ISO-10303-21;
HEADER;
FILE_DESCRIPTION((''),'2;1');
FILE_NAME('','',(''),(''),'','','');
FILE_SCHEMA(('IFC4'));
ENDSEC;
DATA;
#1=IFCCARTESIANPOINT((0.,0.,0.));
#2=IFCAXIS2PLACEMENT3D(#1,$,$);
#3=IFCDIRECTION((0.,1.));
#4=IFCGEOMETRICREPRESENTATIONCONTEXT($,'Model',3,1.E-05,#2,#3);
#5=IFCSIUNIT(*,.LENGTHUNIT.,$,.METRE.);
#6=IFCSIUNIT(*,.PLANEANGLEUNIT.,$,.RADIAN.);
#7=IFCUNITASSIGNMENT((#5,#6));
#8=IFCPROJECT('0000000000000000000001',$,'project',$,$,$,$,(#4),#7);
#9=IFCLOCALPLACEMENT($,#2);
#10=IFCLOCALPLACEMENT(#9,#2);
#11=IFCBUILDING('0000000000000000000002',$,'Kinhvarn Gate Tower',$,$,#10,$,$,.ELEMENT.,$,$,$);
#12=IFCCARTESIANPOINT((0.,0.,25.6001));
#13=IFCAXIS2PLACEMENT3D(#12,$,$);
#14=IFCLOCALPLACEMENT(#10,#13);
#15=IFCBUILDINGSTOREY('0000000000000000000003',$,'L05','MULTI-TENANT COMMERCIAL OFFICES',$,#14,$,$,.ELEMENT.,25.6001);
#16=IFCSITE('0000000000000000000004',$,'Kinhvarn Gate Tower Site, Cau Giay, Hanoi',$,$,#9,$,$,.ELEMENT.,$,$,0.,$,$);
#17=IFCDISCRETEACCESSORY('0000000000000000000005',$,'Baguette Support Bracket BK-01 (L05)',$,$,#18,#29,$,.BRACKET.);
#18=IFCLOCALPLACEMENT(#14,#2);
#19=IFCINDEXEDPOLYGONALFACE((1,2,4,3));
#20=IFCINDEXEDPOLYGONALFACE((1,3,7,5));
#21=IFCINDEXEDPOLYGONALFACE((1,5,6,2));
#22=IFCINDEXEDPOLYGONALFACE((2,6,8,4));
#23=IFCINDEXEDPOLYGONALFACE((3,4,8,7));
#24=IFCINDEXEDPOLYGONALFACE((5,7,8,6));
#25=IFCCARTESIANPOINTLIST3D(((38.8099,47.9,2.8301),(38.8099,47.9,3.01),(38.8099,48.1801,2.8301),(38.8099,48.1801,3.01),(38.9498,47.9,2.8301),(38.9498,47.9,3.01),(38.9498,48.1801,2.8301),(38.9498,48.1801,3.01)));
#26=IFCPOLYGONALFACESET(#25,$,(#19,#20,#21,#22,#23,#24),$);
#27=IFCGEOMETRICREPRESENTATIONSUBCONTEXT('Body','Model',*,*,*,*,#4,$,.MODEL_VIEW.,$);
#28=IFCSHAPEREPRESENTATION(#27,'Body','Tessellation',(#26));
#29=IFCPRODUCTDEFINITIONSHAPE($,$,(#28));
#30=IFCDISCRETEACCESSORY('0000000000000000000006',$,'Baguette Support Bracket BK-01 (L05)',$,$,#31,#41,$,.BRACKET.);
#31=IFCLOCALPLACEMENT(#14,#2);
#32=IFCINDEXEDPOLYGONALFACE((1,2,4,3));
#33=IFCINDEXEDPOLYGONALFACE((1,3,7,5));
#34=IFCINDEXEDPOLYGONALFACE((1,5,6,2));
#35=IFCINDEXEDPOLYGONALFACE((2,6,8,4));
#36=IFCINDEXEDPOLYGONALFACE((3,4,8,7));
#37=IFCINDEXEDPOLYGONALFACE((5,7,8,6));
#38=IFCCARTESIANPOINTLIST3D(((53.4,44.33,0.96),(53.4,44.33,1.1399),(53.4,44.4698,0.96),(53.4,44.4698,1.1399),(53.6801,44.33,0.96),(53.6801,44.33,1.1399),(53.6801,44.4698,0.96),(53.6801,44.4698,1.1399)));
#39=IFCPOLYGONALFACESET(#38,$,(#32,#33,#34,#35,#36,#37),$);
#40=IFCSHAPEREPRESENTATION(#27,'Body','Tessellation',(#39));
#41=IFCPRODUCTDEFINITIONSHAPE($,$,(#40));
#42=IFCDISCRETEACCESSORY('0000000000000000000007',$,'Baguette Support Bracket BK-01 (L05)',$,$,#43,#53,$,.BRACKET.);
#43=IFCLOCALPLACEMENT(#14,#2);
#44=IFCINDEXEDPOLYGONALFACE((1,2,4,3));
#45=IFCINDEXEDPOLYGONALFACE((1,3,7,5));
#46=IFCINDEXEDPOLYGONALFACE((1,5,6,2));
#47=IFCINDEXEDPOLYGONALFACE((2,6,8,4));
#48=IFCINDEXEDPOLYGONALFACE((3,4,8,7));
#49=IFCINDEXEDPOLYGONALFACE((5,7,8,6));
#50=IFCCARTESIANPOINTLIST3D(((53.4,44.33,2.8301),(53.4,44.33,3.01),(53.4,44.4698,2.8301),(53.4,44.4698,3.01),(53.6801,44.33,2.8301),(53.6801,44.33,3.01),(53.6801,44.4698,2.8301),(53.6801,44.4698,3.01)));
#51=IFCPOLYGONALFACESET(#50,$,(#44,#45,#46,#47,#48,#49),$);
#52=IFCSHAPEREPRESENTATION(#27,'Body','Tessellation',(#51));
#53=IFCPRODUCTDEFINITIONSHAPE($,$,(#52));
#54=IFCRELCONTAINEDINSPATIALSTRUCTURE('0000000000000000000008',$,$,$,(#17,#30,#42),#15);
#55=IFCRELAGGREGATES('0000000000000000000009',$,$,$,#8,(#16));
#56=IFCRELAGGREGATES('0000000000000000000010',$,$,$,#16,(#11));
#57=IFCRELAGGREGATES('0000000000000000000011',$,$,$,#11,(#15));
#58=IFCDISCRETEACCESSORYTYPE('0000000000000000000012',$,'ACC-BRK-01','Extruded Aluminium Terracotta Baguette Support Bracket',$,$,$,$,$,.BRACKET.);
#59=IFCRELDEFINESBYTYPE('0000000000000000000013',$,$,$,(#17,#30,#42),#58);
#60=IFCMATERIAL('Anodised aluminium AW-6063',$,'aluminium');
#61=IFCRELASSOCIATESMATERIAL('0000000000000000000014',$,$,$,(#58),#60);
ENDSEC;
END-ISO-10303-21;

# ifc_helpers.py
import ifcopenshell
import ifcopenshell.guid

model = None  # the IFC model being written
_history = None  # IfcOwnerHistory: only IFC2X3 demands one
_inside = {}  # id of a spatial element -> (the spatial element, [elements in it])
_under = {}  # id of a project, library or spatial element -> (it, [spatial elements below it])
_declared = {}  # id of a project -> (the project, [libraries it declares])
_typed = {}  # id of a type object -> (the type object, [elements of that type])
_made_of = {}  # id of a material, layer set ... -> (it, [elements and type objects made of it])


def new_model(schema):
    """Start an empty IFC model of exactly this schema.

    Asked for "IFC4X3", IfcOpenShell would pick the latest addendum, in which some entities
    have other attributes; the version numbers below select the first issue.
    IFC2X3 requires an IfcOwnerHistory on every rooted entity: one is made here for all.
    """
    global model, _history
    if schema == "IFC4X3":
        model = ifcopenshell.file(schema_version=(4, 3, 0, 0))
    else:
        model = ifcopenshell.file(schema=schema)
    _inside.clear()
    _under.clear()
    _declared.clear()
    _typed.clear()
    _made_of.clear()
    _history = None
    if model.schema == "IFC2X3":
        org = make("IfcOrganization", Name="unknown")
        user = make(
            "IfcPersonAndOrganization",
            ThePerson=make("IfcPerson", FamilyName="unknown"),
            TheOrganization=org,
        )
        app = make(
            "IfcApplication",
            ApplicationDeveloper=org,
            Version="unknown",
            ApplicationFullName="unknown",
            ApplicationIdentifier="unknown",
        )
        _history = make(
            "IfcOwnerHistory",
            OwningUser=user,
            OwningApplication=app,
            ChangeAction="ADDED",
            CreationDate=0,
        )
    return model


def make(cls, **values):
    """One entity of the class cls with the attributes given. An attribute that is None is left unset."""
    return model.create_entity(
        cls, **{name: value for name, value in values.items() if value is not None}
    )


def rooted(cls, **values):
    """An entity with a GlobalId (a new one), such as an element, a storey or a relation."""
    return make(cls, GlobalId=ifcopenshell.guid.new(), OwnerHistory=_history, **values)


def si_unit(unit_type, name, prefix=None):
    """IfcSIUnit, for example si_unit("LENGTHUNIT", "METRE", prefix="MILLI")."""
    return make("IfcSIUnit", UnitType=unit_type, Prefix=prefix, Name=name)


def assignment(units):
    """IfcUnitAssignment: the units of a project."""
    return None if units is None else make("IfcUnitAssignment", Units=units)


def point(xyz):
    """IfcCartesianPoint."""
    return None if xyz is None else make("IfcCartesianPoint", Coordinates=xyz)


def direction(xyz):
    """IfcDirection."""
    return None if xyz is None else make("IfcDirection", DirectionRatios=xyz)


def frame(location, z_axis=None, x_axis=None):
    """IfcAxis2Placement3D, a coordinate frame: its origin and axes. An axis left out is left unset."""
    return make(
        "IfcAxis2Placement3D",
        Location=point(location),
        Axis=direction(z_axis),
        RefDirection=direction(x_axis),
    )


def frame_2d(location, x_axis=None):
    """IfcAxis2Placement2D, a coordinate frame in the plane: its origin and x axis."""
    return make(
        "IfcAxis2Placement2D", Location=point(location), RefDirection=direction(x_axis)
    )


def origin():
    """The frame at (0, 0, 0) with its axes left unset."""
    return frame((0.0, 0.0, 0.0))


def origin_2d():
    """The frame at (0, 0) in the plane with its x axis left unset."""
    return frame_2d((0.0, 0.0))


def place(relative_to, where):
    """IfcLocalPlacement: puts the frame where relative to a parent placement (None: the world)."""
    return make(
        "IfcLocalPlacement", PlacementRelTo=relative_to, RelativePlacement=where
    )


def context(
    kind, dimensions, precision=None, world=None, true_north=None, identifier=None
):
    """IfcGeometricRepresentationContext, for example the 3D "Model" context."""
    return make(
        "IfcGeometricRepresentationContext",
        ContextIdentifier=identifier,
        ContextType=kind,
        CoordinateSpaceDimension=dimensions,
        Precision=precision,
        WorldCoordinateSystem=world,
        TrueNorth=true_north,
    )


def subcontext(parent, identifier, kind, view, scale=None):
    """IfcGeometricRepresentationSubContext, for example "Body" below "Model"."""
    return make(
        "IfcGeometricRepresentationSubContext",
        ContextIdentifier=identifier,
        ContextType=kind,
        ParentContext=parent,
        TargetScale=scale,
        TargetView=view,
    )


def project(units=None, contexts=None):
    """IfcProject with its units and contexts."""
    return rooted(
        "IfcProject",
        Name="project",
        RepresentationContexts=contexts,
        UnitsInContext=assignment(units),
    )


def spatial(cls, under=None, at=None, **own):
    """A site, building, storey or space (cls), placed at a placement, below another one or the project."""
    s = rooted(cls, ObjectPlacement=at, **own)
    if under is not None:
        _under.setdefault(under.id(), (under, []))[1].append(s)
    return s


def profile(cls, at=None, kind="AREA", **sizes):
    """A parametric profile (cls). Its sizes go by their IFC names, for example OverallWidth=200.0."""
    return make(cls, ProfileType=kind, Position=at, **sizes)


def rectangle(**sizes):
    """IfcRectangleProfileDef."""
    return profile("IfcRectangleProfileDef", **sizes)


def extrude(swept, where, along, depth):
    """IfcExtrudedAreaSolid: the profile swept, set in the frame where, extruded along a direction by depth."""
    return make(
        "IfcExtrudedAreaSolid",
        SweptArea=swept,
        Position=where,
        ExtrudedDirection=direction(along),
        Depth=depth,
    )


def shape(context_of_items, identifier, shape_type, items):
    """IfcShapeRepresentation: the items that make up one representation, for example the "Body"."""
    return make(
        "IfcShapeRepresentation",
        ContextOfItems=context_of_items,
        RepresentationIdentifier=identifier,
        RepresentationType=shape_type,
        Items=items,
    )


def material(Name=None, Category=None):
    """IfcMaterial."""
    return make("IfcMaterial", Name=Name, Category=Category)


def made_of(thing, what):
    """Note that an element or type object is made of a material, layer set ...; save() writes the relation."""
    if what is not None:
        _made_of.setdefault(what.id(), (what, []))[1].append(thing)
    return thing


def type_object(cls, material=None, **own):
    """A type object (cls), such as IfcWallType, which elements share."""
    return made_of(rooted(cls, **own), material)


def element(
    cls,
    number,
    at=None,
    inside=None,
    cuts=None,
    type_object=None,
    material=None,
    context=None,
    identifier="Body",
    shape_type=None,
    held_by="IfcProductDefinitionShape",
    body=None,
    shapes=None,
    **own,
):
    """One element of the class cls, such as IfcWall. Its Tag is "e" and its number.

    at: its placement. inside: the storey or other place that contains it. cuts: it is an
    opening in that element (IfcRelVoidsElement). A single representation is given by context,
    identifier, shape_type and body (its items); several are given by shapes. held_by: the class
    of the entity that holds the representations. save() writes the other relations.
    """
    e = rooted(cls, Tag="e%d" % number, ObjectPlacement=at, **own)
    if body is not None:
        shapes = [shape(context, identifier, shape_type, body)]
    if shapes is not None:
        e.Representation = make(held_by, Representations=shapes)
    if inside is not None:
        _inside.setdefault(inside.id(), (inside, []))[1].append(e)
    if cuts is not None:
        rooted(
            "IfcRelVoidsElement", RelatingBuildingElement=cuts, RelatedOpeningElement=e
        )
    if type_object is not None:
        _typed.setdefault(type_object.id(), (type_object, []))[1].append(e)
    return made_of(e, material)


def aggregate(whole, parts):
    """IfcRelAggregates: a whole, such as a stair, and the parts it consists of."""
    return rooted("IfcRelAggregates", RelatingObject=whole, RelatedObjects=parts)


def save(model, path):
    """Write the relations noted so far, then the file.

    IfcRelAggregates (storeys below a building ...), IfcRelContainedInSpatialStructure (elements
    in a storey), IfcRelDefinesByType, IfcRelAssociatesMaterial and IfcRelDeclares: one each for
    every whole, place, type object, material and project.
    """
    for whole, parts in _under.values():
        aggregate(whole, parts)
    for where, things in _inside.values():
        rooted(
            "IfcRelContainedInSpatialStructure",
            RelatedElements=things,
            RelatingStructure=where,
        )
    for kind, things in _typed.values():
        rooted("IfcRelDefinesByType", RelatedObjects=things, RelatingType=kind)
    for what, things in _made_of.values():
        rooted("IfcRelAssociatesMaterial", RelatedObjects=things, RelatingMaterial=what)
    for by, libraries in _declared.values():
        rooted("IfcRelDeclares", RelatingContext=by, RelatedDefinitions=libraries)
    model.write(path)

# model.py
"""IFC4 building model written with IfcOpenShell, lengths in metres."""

from ifc_helpers import new_model, si_unit, direction, frame, origin, origin_2d, place, context, subcontext, project, spatial, rectangle, extrude, material, type_object, element, save


model = new_model("IFC4")

# Units and contexts
model_context = context("Model", 3, precision=1e-05, world=origin(), true_north=direction((0.0, 1.0)))
body_context = subcontext(model_context, "Body", "Model", "MODEL_VIEW")
ifc_project = project(units=[si_unit("LENGTHUNIT", "METRE"), si_unit("PLANEANGLEUNIT", "RADIAN")], contexts=[model_context])

# Site, building, storey
site_placement = place(None, origin())
site = spatial("IfcSite", under=ifc_project, at=site_placement, Name="Kinhvarn Gate Tower Site, Cau Giay, Hanoi", CompositionType="ELEMENT", RefElevation=0.0)
building_placement = place(site_placement, origin())
building = spatial("IfcBuilding", under=site, at=building_placement, Name="Kinhvarn Gate Tower", CompositionType="ELEMENT")
storey_placement = place(building_placement, frame((0.0, 0.0, 25.6001)))
storey = spatial("IfcBuildingStorey", under=building, at=storey_placement, Name="L05", Description="MULTI-TENANT COMMERCIAL OFFICES", CompositionType="ELEMENT", Elevation=25.6001)

# Shared definitions
ifc_material_1 = material(Name="Anodised aluminium AW-6063", Category="aluminium")

# Discrete accessories
discrete_accessory_type = type_object("IfcDiscreteAccessoryType", Name="ACC-BRK-01", Description="Extruded Aluminium Terracotta Baguette Support Bracket", PredefinedType="BRACKET", material=ifc_material_1)
for number, where, z_axis, x_axis, name in (
    (1, (38.8799, 48.04, 2.8301), (0.0, 0.0, 1.0), (-1.0, 0.0, 0.0), "Baguette Support Bracket BK-01 (L05)"),
    (2, (53.54, 44.3999, 0.96), (0.0, 0.0, 1.0), (0.0, 1.0, 0.0), "Baguette Support Bracket BK-01 (L05)"),
    (3, (53.54, 44.3999, 2.8301), (0.0, 0.0, 1.0), (0.0, 1.0, 0.0), "Baguette Support Bracket BK-01 (L05)"),
):
    element("IfcDiscreteAccessory", number, at=place(storey_placement, frame(where, z_axis=z_axis, x_axis=x_axis)), inside=storey, type_object=discrete_accessory_type, Name=name, PredefinedType="BRACKET", context=body_context, shape_type="SweptSolid", body=[
        extrude(rectangle(XDim=0.1399, YDim=0.28, at=origin_2d()), origin(), (0.0, 0.0, 1.0), 0.1799),
    ])

save(model, "model.ifc")
